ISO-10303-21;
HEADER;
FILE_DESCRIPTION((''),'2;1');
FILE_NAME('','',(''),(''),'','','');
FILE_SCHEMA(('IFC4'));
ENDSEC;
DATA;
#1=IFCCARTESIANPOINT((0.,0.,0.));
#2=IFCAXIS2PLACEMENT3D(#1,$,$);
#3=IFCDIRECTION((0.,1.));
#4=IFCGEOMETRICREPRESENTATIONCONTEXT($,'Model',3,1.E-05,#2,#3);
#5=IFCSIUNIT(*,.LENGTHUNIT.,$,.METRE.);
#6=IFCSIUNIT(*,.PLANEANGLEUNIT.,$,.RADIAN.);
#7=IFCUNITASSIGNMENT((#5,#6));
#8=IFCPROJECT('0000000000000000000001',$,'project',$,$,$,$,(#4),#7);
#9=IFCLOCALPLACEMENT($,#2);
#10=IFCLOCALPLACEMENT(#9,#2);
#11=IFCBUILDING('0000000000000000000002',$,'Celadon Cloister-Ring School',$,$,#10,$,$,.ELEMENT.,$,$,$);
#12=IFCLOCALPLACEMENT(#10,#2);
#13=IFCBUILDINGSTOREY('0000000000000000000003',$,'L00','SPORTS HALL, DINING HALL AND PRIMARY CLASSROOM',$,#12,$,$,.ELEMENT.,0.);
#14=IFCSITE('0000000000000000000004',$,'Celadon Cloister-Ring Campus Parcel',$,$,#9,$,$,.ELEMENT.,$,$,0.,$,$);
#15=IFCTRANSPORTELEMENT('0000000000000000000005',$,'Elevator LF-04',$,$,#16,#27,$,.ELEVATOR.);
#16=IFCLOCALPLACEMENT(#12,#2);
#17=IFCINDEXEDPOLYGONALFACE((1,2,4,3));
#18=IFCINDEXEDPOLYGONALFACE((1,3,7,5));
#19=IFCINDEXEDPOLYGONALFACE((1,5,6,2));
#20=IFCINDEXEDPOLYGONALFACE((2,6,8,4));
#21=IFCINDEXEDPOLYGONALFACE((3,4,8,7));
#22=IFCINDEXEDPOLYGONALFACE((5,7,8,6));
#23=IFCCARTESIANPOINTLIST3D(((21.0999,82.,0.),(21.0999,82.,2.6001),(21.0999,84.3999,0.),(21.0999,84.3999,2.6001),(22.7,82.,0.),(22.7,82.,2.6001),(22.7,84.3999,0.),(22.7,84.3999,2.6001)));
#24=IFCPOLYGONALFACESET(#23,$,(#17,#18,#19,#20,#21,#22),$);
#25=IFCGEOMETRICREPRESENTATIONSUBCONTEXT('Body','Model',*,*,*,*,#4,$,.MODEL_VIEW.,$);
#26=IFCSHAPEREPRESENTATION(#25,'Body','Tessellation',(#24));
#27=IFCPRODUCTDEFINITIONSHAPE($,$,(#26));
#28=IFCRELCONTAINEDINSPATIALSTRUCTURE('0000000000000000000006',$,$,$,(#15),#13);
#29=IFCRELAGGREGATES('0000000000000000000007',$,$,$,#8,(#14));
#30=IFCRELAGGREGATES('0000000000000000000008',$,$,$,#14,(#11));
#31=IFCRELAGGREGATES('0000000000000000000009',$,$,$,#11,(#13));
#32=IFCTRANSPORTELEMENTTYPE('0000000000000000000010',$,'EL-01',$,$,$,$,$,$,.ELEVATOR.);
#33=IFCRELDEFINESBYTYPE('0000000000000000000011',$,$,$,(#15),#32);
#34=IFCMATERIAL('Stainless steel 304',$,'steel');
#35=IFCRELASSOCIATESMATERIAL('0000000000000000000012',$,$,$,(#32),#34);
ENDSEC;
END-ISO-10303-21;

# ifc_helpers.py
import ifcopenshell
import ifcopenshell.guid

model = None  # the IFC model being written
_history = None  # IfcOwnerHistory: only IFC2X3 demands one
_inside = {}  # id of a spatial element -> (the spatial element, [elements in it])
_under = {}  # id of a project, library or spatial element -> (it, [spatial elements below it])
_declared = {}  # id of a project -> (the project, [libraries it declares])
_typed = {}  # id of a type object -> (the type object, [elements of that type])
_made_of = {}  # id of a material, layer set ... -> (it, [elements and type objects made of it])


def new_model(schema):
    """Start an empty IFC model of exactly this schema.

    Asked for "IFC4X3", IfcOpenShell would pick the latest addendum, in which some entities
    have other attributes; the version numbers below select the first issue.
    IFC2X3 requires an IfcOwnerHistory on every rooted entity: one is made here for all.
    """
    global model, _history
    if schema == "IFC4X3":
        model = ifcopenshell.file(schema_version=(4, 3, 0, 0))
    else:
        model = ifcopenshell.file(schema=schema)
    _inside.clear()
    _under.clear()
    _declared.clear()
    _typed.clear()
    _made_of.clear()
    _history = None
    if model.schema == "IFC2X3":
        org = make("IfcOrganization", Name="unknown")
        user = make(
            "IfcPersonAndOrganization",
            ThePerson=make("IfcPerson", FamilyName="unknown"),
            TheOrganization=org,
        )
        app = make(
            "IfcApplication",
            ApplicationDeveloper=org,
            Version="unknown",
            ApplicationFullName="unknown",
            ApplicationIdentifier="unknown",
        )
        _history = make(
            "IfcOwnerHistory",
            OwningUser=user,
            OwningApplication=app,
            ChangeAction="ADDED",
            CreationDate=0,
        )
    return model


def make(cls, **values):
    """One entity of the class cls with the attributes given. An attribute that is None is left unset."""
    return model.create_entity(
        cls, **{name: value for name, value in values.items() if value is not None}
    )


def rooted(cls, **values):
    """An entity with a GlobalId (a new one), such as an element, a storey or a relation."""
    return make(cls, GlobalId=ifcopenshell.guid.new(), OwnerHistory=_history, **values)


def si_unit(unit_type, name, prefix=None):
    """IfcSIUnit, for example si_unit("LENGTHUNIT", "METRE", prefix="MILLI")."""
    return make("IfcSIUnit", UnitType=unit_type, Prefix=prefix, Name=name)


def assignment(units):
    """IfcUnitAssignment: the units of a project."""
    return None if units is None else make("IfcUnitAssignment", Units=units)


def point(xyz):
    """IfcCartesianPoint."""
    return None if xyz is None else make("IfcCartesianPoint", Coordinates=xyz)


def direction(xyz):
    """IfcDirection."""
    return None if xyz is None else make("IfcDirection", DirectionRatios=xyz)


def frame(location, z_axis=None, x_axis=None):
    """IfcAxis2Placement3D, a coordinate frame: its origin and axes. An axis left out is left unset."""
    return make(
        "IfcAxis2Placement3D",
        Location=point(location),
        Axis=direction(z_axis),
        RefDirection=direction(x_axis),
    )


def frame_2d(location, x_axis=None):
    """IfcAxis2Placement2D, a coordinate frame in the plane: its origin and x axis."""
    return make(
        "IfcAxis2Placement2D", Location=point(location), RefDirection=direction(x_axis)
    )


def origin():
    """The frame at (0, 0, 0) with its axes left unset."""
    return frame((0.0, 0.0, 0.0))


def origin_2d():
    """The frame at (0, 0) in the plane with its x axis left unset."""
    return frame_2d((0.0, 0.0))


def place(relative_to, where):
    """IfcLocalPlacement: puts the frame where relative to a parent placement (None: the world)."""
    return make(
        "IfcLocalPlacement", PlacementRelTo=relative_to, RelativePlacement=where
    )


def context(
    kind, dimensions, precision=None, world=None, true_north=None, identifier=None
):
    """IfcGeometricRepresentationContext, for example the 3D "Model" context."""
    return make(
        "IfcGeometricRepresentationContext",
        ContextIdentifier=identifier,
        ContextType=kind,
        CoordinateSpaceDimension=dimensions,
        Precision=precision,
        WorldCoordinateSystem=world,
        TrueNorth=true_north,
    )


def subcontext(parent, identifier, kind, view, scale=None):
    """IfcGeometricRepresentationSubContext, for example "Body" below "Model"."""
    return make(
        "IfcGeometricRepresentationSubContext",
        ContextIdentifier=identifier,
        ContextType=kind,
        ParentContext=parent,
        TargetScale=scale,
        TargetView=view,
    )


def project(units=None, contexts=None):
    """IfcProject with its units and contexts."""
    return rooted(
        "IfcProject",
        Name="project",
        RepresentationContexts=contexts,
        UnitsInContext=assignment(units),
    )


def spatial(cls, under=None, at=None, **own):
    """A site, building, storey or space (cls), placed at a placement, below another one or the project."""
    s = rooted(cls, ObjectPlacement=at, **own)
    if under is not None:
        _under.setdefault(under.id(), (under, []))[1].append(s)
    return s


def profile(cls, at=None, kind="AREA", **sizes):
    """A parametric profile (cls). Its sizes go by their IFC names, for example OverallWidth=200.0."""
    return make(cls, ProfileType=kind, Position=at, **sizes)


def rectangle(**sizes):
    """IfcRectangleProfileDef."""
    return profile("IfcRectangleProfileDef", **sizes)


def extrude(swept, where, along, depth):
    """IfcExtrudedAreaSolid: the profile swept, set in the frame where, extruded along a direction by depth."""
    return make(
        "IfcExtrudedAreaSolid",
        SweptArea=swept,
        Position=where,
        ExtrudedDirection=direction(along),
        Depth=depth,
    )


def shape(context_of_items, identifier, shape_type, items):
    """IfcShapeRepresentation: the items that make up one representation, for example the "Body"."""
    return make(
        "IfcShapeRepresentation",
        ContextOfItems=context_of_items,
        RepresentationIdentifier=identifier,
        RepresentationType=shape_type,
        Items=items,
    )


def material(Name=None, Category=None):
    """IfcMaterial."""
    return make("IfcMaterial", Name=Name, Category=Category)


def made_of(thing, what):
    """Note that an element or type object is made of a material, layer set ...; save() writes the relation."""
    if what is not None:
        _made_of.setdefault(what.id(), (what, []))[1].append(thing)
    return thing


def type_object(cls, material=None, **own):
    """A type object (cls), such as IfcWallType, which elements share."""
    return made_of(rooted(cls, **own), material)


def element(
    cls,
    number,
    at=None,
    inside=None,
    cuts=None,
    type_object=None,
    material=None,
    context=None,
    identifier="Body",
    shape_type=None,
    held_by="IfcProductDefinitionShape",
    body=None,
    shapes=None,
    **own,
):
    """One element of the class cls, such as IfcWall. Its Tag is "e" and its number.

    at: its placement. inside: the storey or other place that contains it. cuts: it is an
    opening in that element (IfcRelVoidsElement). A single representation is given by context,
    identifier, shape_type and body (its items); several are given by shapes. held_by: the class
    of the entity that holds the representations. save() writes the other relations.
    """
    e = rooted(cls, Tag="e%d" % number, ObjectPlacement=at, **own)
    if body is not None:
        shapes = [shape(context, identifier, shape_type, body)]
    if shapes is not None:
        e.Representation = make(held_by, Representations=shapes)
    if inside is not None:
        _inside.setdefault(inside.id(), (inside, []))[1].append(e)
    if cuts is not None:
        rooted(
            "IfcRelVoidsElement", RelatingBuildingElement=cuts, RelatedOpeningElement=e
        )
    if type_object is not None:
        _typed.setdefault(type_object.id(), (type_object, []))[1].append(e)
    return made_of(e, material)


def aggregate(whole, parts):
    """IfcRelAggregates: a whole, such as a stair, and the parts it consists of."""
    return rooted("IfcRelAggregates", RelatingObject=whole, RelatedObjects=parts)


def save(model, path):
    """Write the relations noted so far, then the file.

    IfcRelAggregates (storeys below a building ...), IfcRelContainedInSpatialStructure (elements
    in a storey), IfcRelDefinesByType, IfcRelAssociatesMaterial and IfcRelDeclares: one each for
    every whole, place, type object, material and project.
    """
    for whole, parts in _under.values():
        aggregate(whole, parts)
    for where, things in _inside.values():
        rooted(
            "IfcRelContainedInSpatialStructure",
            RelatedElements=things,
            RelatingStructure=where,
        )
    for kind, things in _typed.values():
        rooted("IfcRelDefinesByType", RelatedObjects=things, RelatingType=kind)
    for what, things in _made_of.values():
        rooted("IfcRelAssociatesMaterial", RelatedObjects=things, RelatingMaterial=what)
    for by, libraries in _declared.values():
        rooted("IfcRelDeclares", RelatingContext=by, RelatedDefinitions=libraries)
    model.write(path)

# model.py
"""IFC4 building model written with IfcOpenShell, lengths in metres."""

from ifc_helpers import new_model, si_unit, direction, frame, origin, origin_2d, place, context, subcontext, project, spatial, rectangle, extrude, material, type_object, element, save


model = new_model("IFC4")

# Units and contexts
model_context = context("Model", 3, precision=1e-05, world=origin(), true_north=direction((0.0, 1.0)))
body_context = subcontext(model_context, "Body", "Model", "MODEL_VIEW")
ifc_project = project(units=[si_unit("LENGTHUNIT", "METRE"), si_unit("PLANEANGLEUNIT", "RADIAN")], contexts=[model_context])

# Site, building, storey
site_placement = place(None, origin())
site = spatial("IfcSite", under=ifc_project, at=site_placement, Name="Celadon Cloister-Ring Campus Parcel", CompositionType="ELEMENT", RefElevation=0.0)
building_placement = place(site_placement, origin())
building = spatial("IfcBuilding", under=site, at=building_placement, Name="Celadon Cloister-Ring School", CompositionType="ELEMENT")
storey_placement = place(building_placement, origin())
storey = spatial("IfcBuildingStorey", under=building, at=storey_placement, Name="L00", Description="SPORTS HALL, DINING HALL AND PRIMARY CLASSROOM", CompositionType="ELEMENT", Elevation=0.0)

# Transport element
ifc_material_1 = material(Name="Stainless steel 304", Category="steel")
transport_element_type = type_object("IfcTransportElementType", Name="EL-01", PredefinedType="ELEVATOR", material=ifc_material_1)
transport_element_placement = place(storey_placement, frame((21.8999, 83.2, 0.0), z_axis=(0.0, 0.0, 1.0), x_axis=(1.0, 0.0, 0.0)))
element("IfcTransportElement", 1, at=transport_element_placement, inside=storey, type_object=transport_element_type, Name="Elevator LF-04", PredefinedType="ELEVATOR", context=body_context, shape_type="SweptSolid", body=[
    extrude(rectangle(XDim=1.6001, YDim=2.3999, at=origin_2d()), origin(), (0.0, 0.0, 1.0), 2.6001),
])

save(model, "model.ifc")
